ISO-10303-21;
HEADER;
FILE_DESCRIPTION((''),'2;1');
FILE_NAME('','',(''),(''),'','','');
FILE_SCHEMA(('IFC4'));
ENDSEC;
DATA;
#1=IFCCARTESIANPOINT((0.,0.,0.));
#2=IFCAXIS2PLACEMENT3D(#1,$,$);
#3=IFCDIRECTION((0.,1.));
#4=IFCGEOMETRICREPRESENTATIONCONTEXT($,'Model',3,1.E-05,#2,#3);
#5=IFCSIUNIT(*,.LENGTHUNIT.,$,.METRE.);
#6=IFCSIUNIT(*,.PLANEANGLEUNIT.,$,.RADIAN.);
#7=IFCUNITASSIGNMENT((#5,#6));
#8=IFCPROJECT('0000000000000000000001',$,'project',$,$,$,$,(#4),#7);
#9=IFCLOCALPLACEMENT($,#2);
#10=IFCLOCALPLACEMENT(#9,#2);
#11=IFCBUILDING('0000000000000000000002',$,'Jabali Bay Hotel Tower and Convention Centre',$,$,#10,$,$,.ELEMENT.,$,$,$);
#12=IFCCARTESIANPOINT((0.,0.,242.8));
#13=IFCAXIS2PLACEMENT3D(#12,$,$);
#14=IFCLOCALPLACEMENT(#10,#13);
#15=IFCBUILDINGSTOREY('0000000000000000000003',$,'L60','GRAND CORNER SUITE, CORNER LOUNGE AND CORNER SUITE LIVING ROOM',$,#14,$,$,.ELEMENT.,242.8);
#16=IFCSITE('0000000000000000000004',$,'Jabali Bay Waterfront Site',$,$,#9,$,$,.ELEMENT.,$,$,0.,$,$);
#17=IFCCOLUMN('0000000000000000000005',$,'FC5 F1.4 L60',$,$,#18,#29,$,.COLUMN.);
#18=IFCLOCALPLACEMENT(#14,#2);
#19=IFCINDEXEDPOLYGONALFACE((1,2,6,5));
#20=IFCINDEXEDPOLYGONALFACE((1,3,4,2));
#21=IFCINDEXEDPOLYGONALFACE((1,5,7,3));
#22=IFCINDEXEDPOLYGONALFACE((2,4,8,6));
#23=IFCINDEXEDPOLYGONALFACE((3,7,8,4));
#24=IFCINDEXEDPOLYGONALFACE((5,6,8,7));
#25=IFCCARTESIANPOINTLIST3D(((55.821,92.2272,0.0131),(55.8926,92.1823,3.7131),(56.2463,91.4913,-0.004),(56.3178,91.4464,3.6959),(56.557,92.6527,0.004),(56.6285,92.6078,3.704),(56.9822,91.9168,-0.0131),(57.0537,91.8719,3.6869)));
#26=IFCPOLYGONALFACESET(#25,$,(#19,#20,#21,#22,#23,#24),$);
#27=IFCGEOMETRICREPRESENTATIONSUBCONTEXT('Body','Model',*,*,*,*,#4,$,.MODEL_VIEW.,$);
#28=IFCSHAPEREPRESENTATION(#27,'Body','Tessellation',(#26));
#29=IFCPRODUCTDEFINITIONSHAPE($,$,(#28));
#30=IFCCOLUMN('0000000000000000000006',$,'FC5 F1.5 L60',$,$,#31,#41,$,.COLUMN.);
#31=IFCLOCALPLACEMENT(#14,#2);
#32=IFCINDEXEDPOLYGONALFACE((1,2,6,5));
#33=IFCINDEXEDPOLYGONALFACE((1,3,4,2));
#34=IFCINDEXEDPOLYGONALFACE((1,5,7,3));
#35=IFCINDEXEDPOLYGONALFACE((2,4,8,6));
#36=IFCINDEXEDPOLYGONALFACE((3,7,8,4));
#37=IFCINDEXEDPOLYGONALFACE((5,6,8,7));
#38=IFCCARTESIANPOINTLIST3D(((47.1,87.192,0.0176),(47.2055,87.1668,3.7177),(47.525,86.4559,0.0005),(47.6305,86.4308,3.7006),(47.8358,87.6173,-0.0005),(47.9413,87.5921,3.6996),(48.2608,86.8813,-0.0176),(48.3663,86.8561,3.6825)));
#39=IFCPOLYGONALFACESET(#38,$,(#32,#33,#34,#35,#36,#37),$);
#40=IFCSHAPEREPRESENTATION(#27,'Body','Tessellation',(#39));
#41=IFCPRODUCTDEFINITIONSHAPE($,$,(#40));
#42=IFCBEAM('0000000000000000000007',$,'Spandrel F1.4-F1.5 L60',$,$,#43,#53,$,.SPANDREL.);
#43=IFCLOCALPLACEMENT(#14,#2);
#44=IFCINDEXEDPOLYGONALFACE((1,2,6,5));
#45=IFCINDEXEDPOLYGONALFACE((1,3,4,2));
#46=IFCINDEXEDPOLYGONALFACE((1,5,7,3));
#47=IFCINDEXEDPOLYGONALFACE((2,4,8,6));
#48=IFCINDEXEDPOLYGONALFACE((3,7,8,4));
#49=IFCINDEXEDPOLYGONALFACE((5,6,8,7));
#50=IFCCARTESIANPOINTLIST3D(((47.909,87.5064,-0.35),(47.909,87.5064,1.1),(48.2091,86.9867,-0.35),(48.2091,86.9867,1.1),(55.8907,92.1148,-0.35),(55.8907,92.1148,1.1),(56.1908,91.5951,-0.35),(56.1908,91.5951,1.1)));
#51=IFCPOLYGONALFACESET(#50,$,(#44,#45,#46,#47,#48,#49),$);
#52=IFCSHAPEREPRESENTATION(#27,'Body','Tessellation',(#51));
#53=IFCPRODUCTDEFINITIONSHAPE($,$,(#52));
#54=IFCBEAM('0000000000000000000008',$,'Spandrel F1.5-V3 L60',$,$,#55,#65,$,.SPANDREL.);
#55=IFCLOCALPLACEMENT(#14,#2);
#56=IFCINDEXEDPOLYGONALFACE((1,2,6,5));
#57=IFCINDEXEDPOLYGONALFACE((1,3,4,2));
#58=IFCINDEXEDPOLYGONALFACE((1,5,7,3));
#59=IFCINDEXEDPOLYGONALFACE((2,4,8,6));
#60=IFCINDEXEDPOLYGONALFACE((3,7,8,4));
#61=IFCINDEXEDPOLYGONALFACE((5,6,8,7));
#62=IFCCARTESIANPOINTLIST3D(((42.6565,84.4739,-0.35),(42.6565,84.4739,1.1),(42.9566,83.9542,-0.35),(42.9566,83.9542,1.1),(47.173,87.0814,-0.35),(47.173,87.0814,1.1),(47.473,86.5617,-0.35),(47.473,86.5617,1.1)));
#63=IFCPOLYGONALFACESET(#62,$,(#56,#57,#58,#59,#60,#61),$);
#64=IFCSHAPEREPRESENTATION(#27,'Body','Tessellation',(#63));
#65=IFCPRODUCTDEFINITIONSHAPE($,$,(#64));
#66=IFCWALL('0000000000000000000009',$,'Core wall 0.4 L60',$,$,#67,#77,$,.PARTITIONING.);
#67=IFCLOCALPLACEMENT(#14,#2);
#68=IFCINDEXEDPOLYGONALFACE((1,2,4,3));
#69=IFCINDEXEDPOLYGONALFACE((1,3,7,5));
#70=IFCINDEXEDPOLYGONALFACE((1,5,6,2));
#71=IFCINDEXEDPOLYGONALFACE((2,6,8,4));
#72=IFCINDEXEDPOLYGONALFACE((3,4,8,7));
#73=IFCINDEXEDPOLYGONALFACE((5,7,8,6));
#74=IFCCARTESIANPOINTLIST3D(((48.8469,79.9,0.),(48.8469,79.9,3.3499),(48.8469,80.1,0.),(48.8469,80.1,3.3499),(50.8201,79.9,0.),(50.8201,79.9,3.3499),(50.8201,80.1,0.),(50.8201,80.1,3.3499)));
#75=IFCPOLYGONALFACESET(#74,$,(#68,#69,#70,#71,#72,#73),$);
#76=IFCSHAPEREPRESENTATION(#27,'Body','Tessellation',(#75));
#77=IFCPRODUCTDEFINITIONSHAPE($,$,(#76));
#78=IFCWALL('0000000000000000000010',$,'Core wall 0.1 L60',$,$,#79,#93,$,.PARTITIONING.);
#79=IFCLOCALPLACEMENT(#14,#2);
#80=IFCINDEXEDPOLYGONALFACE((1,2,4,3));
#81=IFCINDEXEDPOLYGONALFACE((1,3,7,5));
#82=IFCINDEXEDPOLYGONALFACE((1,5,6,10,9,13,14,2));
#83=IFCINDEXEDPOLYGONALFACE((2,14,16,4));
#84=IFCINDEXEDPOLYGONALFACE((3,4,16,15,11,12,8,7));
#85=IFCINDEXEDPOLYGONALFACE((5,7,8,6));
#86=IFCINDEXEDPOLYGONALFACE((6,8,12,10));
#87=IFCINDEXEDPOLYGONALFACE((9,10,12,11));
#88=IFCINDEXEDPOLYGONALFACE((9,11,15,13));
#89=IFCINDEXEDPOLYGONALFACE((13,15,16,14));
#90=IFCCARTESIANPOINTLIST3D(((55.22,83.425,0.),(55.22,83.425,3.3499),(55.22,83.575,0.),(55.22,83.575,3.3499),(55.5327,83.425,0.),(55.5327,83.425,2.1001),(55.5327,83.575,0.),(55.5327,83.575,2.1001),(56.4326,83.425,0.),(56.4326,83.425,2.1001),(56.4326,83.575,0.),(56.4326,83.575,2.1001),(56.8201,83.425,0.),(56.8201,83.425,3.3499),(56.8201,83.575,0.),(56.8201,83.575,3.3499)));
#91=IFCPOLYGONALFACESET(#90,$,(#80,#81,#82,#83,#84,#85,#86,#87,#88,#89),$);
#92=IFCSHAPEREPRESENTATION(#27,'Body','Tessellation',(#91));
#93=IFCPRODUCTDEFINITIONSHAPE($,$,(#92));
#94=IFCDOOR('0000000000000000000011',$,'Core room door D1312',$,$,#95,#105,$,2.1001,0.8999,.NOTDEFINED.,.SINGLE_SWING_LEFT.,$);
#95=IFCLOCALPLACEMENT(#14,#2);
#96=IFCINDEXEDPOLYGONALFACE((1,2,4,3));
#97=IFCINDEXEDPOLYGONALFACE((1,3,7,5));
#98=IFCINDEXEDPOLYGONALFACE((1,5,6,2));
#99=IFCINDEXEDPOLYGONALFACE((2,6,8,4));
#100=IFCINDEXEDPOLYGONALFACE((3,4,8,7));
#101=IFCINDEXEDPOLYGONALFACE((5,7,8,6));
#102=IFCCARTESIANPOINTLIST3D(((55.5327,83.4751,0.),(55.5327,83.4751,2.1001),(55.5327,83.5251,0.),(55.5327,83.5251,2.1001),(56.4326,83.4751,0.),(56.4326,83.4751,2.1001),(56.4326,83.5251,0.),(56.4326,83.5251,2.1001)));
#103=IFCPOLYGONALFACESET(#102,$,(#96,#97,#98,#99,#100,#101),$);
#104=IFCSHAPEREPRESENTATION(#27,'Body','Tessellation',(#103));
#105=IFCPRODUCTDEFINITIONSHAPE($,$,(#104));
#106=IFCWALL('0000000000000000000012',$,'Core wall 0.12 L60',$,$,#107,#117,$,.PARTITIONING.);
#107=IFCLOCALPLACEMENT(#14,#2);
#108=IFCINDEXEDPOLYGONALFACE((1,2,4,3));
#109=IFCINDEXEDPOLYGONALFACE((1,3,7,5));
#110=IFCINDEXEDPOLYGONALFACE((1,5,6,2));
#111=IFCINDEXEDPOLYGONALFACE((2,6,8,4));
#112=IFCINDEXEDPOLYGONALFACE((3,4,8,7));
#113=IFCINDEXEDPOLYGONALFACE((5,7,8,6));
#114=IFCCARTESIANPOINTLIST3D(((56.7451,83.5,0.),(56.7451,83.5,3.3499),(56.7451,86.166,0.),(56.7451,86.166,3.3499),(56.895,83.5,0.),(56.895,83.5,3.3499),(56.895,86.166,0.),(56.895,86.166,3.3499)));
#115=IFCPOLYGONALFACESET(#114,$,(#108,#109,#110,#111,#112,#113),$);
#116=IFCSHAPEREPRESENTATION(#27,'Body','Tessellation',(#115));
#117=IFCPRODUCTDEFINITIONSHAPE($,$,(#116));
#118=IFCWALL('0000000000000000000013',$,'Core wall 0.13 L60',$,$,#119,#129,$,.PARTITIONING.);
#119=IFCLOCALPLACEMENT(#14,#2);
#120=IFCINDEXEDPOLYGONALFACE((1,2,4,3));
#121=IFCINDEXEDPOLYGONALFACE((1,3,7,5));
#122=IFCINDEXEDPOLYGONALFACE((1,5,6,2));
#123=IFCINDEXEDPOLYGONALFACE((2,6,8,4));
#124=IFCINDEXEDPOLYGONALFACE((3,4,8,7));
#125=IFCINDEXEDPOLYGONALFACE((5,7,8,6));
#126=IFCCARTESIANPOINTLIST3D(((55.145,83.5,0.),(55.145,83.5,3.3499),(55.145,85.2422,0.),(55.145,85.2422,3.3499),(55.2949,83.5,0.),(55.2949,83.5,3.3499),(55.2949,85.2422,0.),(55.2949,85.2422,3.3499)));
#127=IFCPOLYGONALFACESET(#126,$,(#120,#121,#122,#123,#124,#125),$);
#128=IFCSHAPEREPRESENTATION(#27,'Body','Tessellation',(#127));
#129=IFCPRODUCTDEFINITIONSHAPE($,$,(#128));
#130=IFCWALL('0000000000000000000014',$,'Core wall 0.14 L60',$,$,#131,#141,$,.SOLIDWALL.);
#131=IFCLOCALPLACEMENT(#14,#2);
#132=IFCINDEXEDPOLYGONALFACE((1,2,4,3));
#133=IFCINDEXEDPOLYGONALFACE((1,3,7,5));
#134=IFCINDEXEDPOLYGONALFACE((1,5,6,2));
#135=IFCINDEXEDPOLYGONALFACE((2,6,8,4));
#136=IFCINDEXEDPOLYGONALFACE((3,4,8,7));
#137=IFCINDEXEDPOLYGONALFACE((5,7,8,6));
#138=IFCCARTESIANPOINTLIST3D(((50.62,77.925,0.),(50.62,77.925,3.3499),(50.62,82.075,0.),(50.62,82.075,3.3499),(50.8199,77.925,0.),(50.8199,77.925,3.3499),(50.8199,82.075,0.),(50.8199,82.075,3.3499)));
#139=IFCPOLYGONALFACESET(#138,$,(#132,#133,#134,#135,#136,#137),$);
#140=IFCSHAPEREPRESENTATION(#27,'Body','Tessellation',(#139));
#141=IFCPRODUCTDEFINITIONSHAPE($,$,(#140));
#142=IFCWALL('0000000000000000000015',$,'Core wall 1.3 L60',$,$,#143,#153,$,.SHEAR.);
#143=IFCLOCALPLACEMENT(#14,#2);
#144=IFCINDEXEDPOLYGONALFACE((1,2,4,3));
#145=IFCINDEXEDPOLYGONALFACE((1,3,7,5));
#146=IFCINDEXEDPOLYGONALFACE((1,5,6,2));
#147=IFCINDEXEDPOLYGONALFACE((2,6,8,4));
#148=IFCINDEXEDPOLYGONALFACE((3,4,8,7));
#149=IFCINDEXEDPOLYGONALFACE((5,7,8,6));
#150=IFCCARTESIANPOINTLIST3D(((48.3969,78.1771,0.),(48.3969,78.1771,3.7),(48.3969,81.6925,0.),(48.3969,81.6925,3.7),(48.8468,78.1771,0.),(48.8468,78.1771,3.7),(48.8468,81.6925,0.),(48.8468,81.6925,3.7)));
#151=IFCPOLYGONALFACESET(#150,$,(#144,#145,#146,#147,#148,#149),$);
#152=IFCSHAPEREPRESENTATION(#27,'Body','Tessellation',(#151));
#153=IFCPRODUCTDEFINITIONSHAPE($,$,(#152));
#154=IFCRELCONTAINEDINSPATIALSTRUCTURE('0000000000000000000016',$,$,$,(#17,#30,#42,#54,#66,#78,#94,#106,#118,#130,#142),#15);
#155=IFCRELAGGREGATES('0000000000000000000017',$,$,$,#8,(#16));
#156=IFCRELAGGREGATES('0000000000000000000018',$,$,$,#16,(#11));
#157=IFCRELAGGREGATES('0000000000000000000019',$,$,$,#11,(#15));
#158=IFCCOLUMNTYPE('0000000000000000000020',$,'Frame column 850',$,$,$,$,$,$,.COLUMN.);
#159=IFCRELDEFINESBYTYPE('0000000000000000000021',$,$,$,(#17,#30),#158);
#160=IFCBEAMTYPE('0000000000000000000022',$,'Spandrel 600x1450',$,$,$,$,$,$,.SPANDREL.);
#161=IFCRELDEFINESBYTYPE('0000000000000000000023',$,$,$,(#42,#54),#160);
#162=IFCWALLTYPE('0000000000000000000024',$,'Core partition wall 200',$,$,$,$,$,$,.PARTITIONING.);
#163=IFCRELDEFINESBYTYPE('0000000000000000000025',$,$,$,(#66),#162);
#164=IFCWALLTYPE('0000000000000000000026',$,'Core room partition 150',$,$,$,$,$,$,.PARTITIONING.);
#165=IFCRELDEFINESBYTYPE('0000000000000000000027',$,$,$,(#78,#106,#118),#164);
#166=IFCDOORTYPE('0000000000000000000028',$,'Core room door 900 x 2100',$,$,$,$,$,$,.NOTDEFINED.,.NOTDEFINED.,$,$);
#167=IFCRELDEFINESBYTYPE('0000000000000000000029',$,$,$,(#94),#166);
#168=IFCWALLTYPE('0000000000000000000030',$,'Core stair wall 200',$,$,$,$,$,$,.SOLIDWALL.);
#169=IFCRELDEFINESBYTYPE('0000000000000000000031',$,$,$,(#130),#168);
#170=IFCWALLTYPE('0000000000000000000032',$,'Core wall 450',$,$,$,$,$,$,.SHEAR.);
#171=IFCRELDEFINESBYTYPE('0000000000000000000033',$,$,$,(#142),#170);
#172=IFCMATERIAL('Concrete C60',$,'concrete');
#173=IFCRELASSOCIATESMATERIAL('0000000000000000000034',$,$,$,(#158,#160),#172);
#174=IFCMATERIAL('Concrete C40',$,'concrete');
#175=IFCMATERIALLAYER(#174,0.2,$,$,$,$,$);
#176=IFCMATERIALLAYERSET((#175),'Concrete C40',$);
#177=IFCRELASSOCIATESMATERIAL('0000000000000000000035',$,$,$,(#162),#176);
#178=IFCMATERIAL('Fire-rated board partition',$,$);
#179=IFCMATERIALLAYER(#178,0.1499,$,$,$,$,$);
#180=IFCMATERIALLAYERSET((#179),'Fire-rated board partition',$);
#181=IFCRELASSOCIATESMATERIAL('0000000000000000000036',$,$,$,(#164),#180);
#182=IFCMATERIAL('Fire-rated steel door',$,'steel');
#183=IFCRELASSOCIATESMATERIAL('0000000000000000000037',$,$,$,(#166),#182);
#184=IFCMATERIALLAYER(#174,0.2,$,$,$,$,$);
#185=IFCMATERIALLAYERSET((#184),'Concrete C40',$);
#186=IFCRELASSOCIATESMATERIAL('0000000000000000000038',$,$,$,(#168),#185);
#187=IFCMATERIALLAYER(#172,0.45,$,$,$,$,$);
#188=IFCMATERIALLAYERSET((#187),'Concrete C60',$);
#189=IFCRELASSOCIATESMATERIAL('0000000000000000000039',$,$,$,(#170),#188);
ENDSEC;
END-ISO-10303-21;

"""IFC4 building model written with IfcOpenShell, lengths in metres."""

from ifc_helpers import new_model, si_unit, direction, frame, frame_2d, origin, origin_2d, place, context, subcontext, project, spatial, rectangle, extrude, material, layer, layer_set, material_profile, profile_set, type_object, element, fill, save


model = new_model("IFC4")

# Units and contexts
model_context = context("Model", 3, precision=1e-05, world=origin(), true_north=direction((0.0, 1.0)))
body_context = subcontext(model_context, "Body", "Model", "MODEL_VIEW")
ifc_project = project(units=[si_unit("LENGTHUNIT", "METRE"), si_unit("PLANEANGLEUNIT", "RADIAN")], contexts=[model_context])

# Site, building, storey
site_placement = place(None, origin())
site = spatial("IfcSite", under=ifc_project, at=site_placement, Name="Jabali Bay Waterfront Site", CompositionType="ELEMENT", RefElevation=0.0)
building_placement = place(site_placement, origin())
building = spatial("IfcBuilding", under=site, at=building_placement, Name="Jabali Bay Hotel Tower and Convention Centre", CompositionType="ELEMENT")
storey_placement = place(building_placement, frame((0.0, 0.0, 242.8)))
storey = spatial("IfcBuildingStorey", under=building, at=storey_placement, Name="L60", Description="GRAND CORNER SUITE, CORNER LOUNGE AND CORNER SUITE LIVING ROOM", CompositionType="ELEMENT", Elevation=242.8)

# Columns
ifc_material_1 = material(Name="Concrete C60", Category="concrete")
ifc_material_profile_1 = material_profile(ifc_material_1, rectangle(XDim=0.8501, YDim=0.8501, at=origin_2d()), Name="Frame column 850")
ifc_profile_set_1 = profile_set([ifc_material_profile_1], Name="Concrete C60")
column_type = type_object("IfcColumnType", Name="Frame column 850", PredefinedType="COLUMN", material=ifc_profile_set_1)
column_1_placement = place(storey_placement, frame((56.4016, 92.072, 0.0), z_axis=(0.019329, -0.012138, 0.99974), x_axis=(-0.500214, 0.865666, 0.020181)))
element("IfcColumn", 1, at=column_1_placement, inside=storey, type_object=column_type, Name="FC5 F1.4 L60", PredefinedType="COLUMN", context=body_context, shape_type="SweptSolid", body=[
    extrude(rectangle(XDim=0.8501, YDim=0.8501, at=origin_2d()), origin(), (0.0, 0.0, 1.0), 3.7009),
])
column_2_placement = place(storey_placement, frame((47.6804, 87.0366, 0.0), z_axis=(0.028493, -0.006794, 0.999571), x_axis=(-0.499958, 0.865816, 0.020136)))
element("IfcColumn", 2, at=column_2_placement, inside=storey, type_object=column_type, Name="FC5 F1.5 L60", PredefinedType="COLUMN", context=body_context, shape_type="SweptSolid", body=[
    extrude(rectangle(XDim=0.8501, YDim=0.8501, at=origin_2d()), origin(), (0.0, 0.0, 1.0), 3.7017),
])

# Beams
ifc_material_profile_2 = material_profile(ifc_material_1, rectangle(XDim=0.6001, YDim=1.45, at=origin_2d()), Name="Spandrel 600x1450")
ifc_profile_set_2 = profile_set([ifc_material_profile_2], Name="Concrete C60")
beam_type = type_object("IfcBeamType", Name="Spandrel 600x1450", PredefinedType="SPANDREL", material=ifc_profile_set_2)
beam_1_placement = place(storey_placement, frame((56.0408, 91.855, 0.375), z_axis=(-0.866018, -0.500014, 0.0), x_axis=(0.500014, -0.866018, 0.0)))
element("IfcBeam", 3, at=beam_1_placement, inside=storey, type_object=beam_type, Name="Spandrel F1.4-F1.5 L60", PredefinedType="SPANDREL", context=body_context, shape_type="SweptSolid", body=[
    extrude(rectangle(XDim=0.6001, YDim=1.45, at=origin_2d()), origin(), (0.0, 0.0, 1.0), 9.2166),
])
beam_2_placement = place(storey_placement, frame((47.323, 86.8215, 0.375), z_axis=(-0.866034, -0.499986, 0.0), x_axis=(0.499986, -0.866034, 0.0)))
element("IfcBeam", 4, at=beam_2_placement, inside=storey, type_object=beam_type, Name="Spandrel F1.5-V3 L60", PredefinedType="SPANDREL", context=body_context, shape_type="SweptSolid", body=[
    extrude(rectangle(XDim=0.6001, YDim=1.45, at=origin_2d()), origin(), (0.0, 0.0, 1.0), 5.2151),
])

# Wall
ifc_material_2 = material(Name="Concrete C40", Category="concrete")
ifc_layer_1 = layer(ifc_material_2, 0.2)
ifc_layer_set_1 = layer_set([ifc_layer_1], Name="Concrete C40")
wall_type_1 = type_object("IfcWallType", Name="Core partition wall 200", PredefinedType="PARTITIONING", material=ifc_layer_set_1)
wall_1_placement = place(storey_placement, frame((50.8201, 80.0, 0.0), z_axis=(0.0, 0.0, 1.0), x_axis=(-1.0, 0.0, 0.0)))
element("IfcWall", 5, at=wall_1_placement, inside=storey, type_object=wall_type_1, Name="Core wall 0.4 L60", PredefinedType="PARTITIONING", context=body_context, shape_type="SweptSolid", body=[
    extrude(rectangle(XDim=1.9731, YDim=0.2, at=frame_2d((0.9866, 0.0))), origin(), (0.0, 0.0, 1.0), 3.3499),
])

# Wall, opening, door
ifc_material_3 = material(Name="Fire-rated board partition")
ifc_layer_2 = layer(ifc_material_3, 0.1499)
ifc_layer_set_2 = layer_set([ifc_layer_2], Name="Fire-rated board partition")
wall_type_2 = type_object("IfcWallType", Name="Core room partition 150", PredefinedType="PARTITIONING", material=ifc_layer_set_2)
wall_2_placement = place(storey_placement, frame((56.8201, 83.5, 0.0), z_axis=(0.0, 0.0, 1.0), x_axis=(-1.0, 0.0, 0.0)))
wall_2 = element("IfcWall", 6, at=wall_2_placement, inside=storey, type_object=wall_type_2, Name="Core wall 0.1 L60", PredefinedType="PARTITIONING", context=body_context, shape_type="SweptSolid", body=[
    extrude(rectangle(XDim=1.6001, YDim=0.1499, at=frame_2d((0.8, 0.0))), origin(), (0.0, 0.0, 1.0), 3.3499),
])
opening_placement = place(wall_2_placement, frame((0.3875, 0.0, 0.0)))
opening = element("IfcOpeningElement", 7, at=opening_placement, cuts=wall_2, PredefinedType="OPENING", context=body_context, shape_type="SweptSolid", body=[
    extrude(rectangle(XDim=0.8999, YDim=2.1001, at=frame_2d((0.45, 1.05))), frame((0.0, 0.0854, 0.0), z_axis=(0.0, -1.0, 0.0), x_axis=(1.0, 0.0, 0.0)), (0.0, 0.0, 1.0), 0.1709),
])
ifc_material_4 = material(Name="Fire-rated steel door", Category="steel")
door_type = type_object("IfcDoorType", Name="Core room door 900 x 2100", OperationType="NOTDEFINED", PredefinedType="NOTDEFINED", material=ifc_material_4)
door_placement = place(opening_placement, origin())
door = element("IfcDoor", 8, at=door_placement, inside=storey, type_object=door_type, Name="Core room door D1312", OperationType="SINGLE_SWING_LEFT", OverallHeight=2.1001, OverallWidth=0.8999, PredefinedType="NOTDEFINED", context=body_context, shape_type="SweptSolid", body=[
    extrude(rectangle(XDim=0.8999, YDim=2.1001, at=frame_2d((0.45, 1.05))), frame((0.0, 0.0249, 0.0), z_axis=(0.0, -1.0, 0.0), x_axis=(1.0, 0.0, 0.0)), (0.0, 0.0, 1.0), 0.05),
])
fill(opening, door)

# Walls
wall_3_placement = place(storey_placement, frame((56.8201, 86.166, 0.0), z_axis=(0.0, 0.0, 1.0), x_axis=(0.0, -1.0, 0.0)))
element("IfcWall", 9, at=wall_3_placement, inside=storey, type_object=wall_type_2, Name="Core wall 0.12 L60", PredefinedType="PARTITIONING", context=body_context, shape_type="SweptSolid", body=[
    extrude(rectangle(XDim=2.666, YDim=0.1499, at=frame_2d((1.333, 0.0))), origin(), (0.0, 0.0, 1.0), 3.3499),
])
wall_4_placement = place(storey_placement, frame((55.22, 85.2422, 0.0), z_axis=(0.0, 0.0, 1.0), x_axis=(0.0, -1.0, 0.0)))
element("IfcWall", 10, at=wall_4_placement, inside=storey, type_object=wall_type_2, Name="Core wall 0.13 L60", PredefinedType="PARTITIONING", context=body_context, shape_type="SweptSolid", body=[
    extrude(rectangle(XDim=1.7422, YDim=0.1499, at=frame_2d((0.8711, 0.0))), origin(), (0.0, 0.0, 1.0), 3.3499),
])
ifc_layer_3 = layer(ifc_material_2, 0.2)
ifc_layer_set_3 = layer_set([ifc_layer_3], Name="Concrete C40")
wall_type_3 = type_object("IfcWallType", Name="Core stair wall 200", PredefinedType="SOLIDWALL", material=ifc_layer_set_3)
wall_5_placement = place(storey_placement, frame((50.72, 82.075, 0.0), z_axis=(0.0, 0.0, 1.0), x_axis=(0.0, -1.0, 0.0)))
element("IfcWall", 11, at=wall_5_placement, inside=storey, type_object=wall_type_3, Name="Core wall 0.14 L60", PredefinedType="SOLIDWALL", context=body_context, shape_type="SweptSolid", body=[
    extrude(rectangle(XDim=4.1499, YDim=0.2, at=frame_2d((2.075, 0.0))), origin(), (0.0, 0.0, 1.0), 3.3499),
])
ifc_layer_4 = layer(ifc_material_1, 0.45)
ifc_layer_set_4 = layer_set([ifc_layer_4], Name="Concrete C60")
wall_type_4 = type_object("IfcWallType", Name="Core wall 450", PredefinedType="SHEAR", material=ifc_layer_set_4)
wall_6_placement = place(storey_placement, frame((48.6218, 81.6926, 0.0), z_axis=(0.0, 0.0, 1.0), x_axis=(0.0, -1.0, 0.0)))
element("IfcWall", 12, at=wall_6_placement, inside=storey, type_object=wall_type_4, Name="Core wall 1.3 L60", PredefinedType="SHEAR", context=body_context, shape_type="SweptSolid", body=[
    extrude(rectangle(XDim=3.5154, YDim=0.45, at=frame_2d((1.7578, 0.0))), origin(), (0.0, 0.0, 1.0), 3.7),
])

save(model, "model.ifc")
